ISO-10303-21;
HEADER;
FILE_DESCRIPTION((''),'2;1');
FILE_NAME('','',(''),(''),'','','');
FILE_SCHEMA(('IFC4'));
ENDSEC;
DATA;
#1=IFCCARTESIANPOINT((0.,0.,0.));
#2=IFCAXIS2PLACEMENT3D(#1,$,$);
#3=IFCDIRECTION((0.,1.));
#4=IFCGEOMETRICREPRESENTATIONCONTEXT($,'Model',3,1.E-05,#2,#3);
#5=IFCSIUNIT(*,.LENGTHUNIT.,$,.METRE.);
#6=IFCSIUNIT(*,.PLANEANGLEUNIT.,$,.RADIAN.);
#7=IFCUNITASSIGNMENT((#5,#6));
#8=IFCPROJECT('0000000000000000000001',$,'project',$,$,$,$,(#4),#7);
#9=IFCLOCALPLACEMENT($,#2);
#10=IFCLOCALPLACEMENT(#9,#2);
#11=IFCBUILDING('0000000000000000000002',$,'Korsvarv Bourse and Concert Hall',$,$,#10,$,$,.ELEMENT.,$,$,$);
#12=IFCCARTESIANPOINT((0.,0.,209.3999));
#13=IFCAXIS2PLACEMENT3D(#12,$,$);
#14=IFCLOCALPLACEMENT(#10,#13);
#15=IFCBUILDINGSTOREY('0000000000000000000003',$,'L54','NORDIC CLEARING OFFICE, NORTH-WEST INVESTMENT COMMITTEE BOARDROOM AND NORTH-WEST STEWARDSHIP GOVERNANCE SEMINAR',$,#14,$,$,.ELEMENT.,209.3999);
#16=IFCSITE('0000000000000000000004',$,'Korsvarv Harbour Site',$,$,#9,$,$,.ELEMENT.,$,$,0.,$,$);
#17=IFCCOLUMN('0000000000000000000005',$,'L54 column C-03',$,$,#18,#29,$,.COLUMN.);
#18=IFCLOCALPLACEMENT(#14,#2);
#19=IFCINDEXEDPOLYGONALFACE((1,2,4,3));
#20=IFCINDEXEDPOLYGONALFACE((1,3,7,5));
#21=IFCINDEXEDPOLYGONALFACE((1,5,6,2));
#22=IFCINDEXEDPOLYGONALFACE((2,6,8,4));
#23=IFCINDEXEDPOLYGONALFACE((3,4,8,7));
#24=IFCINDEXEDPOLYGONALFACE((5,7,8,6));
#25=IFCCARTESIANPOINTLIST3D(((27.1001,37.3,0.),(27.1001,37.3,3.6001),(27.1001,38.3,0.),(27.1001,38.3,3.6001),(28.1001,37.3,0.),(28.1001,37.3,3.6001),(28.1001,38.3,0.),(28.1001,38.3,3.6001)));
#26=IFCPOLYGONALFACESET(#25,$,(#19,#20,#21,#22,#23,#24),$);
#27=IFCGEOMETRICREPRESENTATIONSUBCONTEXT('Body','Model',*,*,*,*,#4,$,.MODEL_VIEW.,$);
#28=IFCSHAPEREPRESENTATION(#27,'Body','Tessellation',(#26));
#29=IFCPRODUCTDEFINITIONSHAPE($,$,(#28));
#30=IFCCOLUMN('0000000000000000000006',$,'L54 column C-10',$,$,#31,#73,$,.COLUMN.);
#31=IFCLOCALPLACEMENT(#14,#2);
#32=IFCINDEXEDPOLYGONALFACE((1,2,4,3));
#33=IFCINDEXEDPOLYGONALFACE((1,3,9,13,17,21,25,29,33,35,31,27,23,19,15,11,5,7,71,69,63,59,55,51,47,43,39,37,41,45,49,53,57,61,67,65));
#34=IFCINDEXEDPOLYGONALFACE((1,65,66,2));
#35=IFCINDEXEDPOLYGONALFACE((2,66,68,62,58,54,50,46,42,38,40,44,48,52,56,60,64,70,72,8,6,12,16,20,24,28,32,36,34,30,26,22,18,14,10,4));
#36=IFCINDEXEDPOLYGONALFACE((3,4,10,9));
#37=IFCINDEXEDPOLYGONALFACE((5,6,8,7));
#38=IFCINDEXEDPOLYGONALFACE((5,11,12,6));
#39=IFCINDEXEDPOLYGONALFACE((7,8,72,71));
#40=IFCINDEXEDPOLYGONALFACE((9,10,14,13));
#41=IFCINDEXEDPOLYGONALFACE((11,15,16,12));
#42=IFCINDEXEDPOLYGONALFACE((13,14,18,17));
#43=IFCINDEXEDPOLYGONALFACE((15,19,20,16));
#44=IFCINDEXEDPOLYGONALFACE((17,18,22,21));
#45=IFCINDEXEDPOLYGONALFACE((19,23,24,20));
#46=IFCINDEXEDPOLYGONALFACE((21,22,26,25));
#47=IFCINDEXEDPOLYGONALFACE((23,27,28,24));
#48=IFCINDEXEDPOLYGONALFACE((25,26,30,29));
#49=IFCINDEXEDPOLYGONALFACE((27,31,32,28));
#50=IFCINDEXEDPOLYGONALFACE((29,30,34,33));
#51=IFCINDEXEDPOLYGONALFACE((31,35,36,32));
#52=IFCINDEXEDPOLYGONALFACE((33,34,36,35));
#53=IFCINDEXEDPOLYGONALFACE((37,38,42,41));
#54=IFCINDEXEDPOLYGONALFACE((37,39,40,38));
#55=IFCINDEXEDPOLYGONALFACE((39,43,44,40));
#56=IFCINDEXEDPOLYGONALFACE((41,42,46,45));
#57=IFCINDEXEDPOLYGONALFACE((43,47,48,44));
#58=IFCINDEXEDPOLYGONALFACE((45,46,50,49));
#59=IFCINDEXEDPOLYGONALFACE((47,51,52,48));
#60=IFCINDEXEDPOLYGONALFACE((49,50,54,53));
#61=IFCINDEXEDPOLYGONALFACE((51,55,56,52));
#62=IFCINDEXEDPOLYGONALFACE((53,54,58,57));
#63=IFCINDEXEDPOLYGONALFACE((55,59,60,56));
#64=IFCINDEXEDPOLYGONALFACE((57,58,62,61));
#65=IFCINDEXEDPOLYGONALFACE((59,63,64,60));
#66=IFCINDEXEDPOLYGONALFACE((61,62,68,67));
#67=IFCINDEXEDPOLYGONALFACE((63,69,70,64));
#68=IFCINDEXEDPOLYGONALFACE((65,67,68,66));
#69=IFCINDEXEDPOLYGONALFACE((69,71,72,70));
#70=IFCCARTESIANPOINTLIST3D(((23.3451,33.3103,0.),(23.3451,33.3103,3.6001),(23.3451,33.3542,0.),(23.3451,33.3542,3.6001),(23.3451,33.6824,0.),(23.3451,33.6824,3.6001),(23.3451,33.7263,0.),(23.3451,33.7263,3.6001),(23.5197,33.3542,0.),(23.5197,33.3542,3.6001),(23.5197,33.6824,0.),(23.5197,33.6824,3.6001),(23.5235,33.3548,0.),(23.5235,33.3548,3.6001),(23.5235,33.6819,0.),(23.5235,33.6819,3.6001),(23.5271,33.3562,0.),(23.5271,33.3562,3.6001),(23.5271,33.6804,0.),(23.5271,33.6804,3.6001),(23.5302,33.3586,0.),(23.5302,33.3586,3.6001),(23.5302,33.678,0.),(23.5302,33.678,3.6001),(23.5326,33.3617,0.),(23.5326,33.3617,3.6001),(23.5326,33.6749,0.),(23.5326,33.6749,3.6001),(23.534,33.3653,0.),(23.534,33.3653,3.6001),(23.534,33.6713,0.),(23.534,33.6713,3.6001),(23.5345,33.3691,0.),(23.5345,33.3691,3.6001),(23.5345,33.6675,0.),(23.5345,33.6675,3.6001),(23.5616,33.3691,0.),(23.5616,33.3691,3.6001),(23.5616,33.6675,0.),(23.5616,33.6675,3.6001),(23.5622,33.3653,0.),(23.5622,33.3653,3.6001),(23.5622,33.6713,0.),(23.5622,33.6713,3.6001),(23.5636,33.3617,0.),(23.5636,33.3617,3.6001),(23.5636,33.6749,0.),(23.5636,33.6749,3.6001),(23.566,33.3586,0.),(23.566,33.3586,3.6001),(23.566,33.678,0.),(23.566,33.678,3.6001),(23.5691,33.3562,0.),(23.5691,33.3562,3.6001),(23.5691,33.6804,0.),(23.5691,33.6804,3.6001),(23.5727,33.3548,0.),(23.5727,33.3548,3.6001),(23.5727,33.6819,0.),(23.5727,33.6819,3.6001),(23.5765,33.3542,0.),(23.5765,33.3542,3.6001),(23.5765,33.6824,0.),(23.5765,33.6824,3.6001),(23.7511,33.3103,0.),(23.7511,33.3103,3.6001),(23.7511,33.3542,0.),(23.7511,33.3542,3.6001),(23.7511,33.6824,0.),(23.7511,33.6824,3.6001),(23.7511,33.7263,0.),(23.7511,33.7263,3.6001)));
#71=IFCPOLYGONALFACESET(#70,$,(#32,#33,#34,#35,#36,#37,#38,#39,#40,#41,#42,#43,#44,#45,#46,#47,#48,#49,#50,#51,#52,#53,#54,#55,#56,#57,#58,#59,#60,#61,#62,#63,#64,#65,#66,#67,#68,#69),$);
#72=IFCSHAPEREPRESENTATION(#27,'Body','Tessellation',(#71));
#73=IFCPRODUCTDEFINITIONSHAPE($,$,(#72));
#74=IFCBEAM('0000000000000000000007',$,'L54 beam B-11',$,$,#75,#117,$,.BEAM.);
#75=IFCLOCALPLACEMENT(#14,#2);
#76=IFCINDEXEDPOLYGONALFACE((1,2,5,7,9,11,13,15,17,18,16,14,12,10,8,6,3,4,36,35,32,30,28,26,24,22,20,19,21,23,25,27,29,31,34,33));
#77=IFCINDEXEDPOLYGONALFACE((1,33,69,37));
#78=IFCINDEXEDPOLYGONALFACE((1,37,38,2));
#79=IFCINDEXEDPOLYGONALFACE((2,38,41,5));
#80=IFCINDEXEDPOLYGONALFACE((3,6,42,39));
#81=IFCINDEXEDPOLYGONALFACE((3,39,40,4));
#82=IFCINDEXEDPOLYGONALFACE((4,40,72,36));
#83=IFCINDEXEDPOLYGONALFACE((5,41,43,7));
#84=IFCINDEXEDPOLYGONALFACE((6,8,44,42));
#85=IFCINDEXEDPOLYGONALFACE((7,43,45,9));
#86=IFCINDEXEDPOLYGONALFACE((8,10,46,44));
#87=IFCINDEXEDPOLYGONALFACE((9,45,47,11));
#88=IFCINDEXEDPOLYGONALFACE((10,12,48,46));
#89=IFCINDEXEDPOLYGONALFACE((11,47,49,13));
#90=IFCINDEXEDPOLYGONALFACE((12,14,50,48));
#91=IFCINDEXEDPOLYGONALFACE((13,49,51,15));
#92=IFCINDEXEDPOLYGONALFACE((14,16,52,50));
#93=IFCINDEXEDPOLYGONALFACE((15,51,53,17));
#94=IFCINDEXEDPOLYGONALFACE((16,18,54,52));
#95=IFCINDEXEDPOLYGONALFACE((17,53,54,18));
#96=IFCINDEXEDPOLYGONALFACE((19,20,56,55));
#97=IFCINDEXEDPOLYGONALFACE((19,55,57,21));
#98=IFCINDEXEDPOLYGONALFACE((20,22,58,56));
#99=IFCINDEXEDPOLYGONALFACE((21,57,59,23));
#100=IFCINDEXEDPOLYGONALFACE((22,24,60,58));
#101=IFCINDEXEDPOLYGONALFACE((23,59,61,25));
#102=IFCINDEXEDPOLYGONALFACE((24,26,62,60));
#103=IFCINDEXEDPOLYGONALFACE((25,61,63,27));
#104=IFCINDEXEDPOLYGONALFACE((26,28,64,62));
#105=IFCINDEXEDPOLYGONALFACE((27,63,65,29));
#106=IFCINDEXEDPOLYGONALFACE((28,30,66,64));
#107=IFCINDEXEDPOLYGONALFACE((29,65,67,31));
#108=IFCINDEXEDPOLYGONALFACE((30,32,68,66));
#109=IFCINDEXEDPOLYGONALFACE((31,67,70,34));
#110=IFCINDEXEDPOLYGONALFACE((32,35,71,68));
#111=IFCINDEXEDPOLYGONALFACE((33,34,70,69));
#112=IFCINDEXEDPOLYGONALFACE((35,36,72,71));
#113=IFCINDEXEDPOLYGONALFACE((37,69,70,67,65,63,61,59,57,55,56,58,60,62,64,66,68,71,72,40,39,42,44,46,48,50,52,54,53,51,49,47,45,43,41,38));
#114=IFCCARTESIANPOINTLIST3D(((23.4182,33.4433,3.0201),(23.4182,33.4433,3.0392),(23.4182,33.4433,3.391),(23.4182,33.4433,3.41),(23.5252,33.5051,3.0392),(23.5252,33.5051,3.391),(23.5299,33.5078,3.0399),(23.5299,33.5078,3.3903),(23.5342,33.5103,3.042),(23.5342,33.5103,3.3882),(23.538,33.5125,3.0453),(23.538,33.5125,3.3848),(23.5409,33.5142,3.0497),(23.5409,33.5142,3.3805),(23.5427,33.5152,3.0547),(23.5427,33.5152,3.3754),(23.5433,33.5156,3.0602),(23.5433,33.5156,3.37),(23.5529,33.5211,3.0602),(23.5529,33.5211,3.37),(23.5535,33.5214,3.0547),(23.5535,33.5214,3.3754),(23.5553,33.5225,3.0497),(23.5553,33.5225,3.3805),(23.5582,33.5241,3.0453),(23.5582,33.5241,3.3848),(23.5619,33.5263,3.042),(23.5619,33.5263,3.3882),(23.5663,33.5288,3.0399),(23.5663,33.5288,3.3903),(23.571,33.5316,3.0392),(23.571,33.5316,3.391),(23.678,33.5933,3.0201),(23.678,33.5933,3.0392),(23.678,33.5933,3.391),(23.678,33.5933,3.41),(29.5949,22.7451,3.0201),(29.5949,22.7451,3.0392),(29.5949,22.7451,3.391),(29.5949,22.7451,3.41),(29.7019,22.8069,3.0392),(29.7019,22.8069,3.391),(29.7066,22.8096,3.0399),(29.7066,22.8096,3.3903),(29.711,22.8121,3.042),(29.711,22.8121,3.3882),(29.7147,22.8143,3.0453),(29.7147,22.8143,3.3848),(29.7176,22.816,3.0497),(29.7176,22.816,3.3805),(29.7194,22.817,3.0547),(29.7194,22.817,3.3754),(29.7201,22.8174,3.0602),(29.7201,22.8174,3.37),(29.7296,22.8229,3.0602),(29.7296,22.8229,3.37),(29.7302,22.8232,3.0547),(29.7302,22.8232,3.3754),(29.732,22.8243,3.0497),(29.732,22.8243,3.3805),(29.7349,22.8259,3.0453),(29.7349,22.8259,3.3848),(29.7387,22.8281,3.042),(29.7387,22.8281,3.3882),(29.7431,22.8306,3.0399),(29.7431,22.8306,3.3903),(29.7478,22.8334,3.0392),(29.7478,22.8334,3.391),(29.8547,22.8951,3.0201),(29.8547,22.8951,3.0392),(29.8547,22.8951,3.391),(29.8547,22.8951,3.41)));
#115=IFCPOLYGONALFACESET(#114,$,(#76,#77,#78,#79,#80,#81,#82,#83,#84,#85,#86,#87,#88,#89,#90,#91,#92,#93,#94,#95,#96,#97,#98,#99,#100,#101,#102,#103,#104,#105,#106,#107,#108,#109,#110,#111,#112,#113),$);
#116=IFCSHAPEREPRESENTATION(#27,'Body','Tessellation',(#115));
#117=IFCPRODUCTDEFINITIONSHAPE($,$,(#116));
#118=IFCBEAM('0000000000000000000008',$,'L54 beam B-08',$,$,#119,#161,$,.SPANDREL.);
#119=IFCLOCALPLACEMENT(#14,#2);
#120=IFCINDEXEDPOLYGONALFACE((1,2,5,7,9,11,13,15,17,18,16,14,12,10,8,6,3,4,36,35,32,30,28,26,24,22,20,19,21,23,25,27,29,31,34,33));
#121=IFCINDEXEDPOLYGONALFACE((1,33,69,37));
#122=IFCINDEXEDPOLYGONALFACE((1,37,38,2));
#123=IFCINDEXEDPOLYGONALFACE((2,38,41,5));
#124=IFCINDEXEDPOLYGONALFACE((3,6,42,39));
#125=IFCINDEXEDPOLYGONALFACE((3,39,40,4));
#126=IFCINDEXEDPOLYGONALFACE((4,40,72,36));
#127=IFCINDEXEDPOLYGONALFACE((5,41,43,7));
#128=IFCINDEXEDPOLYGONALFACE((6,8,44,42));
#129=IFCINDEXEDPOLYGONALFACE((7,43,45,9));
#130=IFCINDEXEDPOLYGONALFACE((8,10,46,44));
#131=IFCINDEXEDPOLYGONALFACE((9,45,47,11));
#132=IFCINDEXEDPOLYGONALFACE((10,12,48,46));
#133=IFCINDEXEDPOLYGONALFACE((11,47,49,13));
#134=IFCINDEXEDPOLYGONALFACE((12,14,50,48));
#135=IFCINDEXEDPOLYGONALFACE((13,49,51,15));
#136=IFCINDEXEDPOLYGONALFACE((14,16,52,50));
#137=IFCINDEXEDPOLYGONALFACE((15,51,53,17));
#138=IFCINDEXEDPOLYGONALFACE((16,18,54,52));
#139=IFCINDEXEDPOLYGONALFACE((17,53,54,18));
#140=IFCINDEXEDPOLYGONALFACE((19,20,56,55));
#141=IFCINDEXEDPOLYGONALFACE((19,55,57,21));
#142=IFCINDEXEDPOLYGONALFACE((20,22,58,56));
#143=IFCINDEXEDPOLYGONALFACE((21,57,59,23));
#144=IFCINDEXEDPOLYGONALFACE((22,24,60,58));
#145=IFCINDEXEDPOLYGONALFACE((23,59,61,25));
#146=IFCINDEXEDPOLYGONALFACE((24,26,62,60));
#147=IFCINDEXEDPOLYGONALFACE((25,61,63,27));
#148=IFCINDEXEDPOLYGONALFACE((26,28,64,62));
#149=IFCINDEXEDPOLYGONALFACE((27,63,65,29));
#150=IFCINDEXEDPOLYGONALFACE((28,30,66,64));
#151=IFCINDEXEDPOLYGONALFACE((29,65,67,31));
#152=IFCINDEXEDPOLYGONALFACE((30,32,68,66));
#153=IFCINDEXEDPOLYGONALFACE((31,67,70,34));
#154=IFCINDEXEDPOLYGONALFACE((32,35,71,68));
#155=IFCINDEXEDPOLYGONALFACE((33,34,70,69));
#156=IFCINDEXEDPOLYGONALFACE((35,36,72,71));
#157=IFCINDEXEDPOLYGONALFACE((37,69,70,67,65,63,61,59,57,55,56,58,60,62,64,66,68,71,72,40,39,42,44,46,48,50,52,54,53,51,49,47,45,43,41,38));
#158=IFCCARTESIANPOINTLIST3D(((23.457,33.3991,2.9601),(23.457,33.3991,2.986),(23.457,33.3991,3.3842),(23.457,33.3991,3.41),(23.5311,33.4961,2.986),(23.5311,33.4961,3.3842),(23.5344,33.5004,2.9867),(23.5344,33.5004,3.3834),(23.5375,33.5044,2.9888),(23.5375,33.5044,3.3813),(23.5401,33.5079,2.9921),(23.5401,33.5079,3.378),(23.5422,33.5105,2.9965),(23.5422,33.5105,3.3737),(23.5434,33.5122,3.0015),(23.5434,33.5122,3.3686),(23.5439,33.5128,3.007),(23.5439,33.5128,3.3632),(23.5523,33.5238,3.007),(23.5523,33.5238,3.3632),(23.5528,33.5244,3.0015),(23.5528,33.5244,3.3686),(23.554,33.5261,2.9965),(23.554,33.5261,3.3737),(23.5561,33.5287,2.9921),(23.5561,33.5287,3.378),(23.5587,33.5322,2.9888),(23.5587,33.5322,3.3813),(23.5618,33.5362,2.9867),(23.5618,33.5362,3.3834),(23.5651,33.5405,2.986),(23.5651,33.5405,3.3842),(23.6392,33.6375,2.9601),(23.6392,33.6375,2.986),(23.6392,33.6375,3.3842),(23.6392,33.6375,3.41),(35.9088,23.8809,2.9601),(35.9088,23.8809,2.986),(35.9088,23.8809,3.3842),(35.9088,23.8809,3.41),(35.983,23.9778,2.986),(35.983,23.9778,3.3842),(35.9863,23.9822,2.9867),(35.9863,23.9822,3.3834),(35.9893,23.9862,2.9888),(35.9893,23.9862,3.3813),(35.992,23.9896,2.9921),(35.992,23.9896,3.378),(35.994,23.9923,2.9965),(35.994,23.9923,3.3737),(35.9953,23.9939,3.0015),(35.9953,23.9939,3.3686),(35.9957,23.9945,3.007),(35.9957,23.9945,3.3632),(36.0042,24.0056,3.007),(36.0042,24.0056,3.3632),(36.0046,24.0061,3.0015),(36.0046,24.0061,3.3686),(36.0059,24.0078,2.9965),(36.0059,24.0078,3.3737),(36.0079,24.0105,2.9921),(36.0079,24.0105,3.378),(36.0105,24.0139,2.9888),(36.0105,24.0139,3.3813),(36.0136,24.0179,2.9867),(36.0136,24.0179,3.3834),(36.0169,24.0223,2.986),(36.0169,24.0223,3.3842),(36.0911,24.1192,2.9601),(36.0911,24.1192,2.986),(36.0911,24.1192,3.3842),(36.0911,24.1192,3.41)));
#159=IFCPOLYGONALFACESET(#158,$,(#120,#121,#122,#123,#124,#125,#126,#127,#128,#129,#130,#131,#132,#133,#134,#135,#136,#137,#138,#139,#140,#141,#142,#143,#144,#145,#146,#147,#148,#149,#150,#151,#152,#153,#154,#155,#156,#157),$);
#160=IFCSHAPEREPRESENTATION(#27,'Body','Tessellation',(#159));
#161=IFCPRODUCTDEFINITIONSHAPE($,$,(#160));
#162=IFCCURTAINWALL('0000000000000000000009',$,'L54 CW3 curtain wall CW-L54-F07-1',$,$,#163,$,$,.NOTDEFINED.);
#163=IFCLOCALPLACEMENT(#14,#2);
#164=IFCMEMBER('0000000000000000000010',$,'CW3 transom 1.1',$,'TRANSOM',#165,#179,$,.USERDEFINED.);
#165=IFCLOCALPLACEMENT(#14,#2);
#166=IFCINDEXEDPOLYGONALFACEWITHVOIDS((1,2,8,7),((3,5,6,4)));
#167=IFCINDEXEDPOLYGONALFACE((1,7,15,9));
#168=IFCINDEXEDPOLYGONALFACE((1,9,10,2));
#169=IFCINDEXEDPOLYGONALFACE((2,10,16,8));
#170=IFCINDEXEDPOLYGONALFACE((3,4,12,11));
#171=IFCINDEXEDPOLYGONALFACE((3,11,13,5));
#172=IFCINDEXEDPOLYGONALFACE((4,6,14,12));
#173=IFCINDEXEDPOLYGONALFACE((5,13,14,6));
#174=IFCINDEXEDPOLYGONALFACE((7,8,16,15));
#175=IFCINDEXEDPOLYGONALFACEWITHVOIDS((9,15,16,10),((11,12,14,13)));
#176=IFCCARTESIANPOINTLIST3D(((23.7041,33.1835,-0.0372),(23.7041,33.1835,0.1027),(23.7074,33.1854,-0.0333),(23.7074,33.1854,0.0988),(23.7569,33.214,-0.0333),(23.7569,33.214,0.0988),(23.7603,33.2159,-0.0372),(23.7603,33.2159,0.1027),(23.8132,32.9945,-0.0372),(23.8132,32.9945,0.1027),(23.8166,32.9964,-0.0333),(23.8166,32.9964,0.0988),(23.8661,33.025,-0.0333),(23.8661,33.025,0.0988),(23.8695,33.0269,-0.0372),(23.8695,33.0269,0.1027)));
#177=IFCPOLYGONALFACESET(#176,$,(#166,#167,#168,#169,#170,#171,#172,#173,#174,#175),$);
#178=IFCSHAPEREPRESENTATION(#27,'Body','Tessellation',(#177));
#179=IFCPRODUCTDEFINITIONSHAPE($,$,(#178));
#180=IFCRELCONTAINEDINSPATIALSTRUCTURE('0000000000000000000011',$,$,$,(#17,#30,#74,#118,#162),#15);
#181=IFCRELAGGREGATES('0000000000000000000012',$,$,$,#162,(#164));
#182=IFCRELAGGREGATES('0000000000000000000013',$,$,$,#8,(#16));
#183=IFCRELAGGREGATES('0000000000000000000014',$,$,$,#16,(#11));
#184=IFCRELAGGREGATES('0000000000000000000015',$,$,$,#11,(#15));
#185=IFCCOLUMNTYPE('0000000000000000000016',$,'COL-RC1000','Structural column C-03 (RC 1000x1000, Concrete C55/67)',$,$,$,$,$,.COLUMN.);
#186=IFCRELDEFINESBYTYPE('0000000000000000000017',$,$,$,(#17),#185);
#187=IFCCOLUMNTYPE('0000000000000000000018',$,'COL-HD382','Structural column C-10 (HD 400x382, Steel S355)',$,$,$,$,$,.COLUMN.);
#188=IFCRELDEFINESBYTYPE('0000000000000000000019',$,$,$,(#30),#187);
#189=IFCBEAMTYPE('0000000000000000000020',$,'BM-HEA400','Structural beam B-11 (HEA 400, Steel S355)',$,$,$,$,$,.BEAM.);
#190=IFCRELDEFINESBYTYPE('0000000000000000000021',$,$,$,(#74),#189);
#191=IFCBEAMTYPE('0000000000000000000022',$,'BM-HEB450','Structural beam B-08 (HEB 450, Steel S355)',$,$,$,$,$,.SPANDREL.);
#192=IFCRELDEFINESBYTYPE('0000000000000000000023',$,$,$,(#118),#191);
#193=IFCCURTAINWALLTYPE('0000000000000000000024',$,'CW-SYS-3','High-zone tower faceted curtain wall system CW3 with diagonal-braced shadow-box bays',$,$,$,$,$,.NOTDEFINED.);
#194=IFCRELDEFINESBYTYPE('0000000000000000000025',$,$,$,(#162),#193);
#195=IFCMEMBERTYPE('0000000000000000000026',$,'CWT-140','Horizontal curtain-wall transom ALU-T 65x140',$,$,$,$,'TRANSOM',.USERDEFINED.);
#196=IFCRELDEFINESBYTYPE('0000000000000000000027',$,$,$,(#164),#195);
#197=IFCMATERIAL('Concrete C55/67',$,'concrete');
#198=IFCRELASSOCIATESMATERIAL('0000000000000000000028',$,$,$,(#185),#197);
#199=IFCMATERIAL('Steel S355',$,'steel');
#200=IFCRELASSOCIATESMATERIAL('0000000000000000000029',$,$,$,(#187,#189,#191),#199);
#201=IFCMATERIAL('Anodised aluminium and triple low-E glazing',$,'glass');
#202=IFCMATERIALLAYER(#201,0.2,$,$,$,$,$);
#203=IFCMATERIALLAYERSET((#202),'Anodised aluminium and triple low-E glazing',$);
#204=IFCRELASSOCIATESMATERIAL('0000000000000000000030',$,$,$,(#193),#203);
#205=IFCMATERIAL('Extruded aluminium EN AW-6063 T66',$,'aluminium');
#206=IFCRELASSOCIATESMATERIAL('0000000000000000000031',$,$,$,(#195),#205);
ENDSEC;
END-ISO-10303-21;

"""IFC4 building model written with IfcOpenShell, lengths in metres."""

from ifc_helpers import new_model, si_unit, direction, frame, origin, origin_2d, place, context, subcontext, project, spatial, rectangle, hollow_rectangle, i_section, extrude, source, transform, mapped, material, layer, layer_set, material_profile, profile_set, type_object, element, aggregate, save


model = new_model("IFC4")

# Units and contexts
model_context = context("Model", 3, precision=1e-05, world=origin(), true_north=direction((0.0, 1.0)))
body_context = subcontext(model_context, "Body", "Model", "MODEL_VIEW")
ifc_project = project(units=[si_unit("LENGTHUNIT", "METRE"), si_unit("PLANEANGLEUNIT", "RADIAN")], contexts=[model_context])

# Site, building, storey
site_placement = place(None, origin())
site = spatial("IfcSite", under=ifc_project, at=site_placement, Name="Korsvarv Harbour Site", CompositionType="ELEMENT", RefElevation=0.0)
building_placement = place(site_placement, origin())
building = spatial("IfcBuilding", under=site, at=building_placement, Name="Korsvarv Bourse and Concert Hall", CompositionType="ELEMENT")
storey_placement = place(building_placement, frame((0.0, 0.0, 209.3999)))
storey = spatial("IfcBuildingStorey", under=building, at=storey_placement, Name="L54", Description="NORDIC CLEARING OFFICE, NORTH-WEST INVESTMENT COMMITTEE BOARDROOM AND NORTH-WEST STEWARDSHIP GOVERNANCE SEMINAR", CompositionType="ELEMENT", Elevation=209.3999)

# Columns
ifc_material_1 = material(Name="Concrete C55/67", Category="concrete")
ifc_material_profile_1 = material_profile(ifc_material_1, rectangle(XDim=1.0, YDim=1.0, at=origin_2d()), Name="RC 1000x1000")
ifc_profile_set_1 = profile_set([ifc_material_profile_1], Name="Concrete C55/67")
column_type_1 = type_object("IfcColumnType", Name="COL-RC1000", Description="Structural column C-03 (RC 1000x1000, Concrete C55/67)", PredefinedType="COLUMN", material=ifc_profile_set_1)
shared_shape_1 = source(origin(), body_context, "Body", "SweptSolid", [
    extrude(rectangle(XDim=1.0, YDim=1.0, at=origin_2d()), origin(), (0.0, 0.0, 1.0), 3.6001),
])
column_1_placement = place(storey_placement, frame((27.6001, 37.8, 0.0), z_axis=(0.0, 0.0, 1.0), x_axis=(1.0, 0.0, 0.0)))
element("IfcColumn", 1, at=column_1_placement, inside=storey, type_object=column_type_1, Name="L54 column C-03", PredefinedType="COLUMN", context=body_context, shape_type="MappedRepresentation", body=[
    mapped(shared_shape_1, transform((0.0, 0.0, 0.0), scale=1.0)),
])
ifc_material_2 = material(Name="Steel S355", Category="steel")
ifc_material_profile_2 = material_profile(ifc_material_2, i_section(OverallWidth=0.406, OverallDepth=0.416, WebThickness=0.0271, FlangeThickness=0.0439, FilletRadius=0.0149, at=origin_2d()), Name="HD 400x382")
ifc_profile_set_2 = profile_set([ifc_material_profile_2], Name="Steel S355")
column_type_2 = type_object("IfcColumnType", Name="COL-HD382", Description="Structural column C-10 (HD 400x382, Steel S355)", PredefinedType="COLUMN", material=ifc_profile_set_2)
shared_shape_2 = source(origin(), body_context, "Body", "SweptSolid", [
    extrude(i_section(OverallWidth=0.406, OverallDepth=0.416, WebThickness=0.0271, FlangeThickness=0.0439, FilletRadius=0.0149, at=origin_2d()), origin(), (0.0, 0.0, 1.0), 3.6001),
])
column_2_placement = place(storey_placement, frame((23.5481, 33.5183, 0.0), z_axis=(0.0, 0.0, 1.0), x_axis=(1.0, 0.0, 0.0)))
element("IfcColumn", 2, at=column_2_placement, inside=storey, type_object=column_type_2, Name="L54 column C-10", PredefinedType="COLUMN", context=body_context, shape_type="MappedRepresentation", body=[
    mapped(shared_shape_2, transform((0.0, 0.0, 0.0), scale=1.0)),
])

# Beams
ifc_material_profile_3 = material_profile(ifc_material_2, i_section(OverallWidth=0.3, OverallDepth=0.3899, WebThickness=0.011, FlangeThickness=0.019, FilletRadius=0.021, at=origin_2d()), Name="HEA 400")
ifc_profile_set_3 = profile_set([ifc_material_profile_3], Name="Steel S355")
beam_type_1 = type_object("IfcBeamType", Name="BM-HEA400", Description="Structural beam B-11 (HEA 400, Steel S355)", PredefinedType="BEAM", material=ifc_profile_set_3)
shared_shape_3 = source(origin(), body_context, "Body", "SweptSolid", [
    extrude(i_section(OverallWidth=0.3, OverallDepth=0.3899, WebThickness=0.011, FlangeThickness=0.019, FilletRadius=0.021, at=origin_2d()), origin(), (0.0, 0.0, 1.0), 12.3533),
])
beam_1_placement = place(storey_placement, frame((23.5481, 33.5183, 3.2151), z_axis=(0.500008, -0.866021, 0.0), x_axis=(0.866021, 0.500008, 0.0)))
element("IfcBeam", 3, at=beam_1_placement, inside=storey, type_object=beam_type_1, Name="L54 beam B-11", PredefinedType="BEAM", context=body_context, shape_type="MappedRepresentation", body=[
    mapped(shared_shape_3, transform((0.0, 0.0, 0.0), scale=1.0)),
])
ifc_material_profile_4 = material_profile(ifc_material_2, i_section(OverallWidth=0.3, OverallDepth=0.45, WebThickness=0.0139, FlangeThickness=0.0259, FilletRadius=0.021, at=origin_2d()), Name="HEB 450")
ifc_profile_set_4 = profile_set([ifc_material_profile_4], Name="Steel S355")
beam_type_2 = type_object("IfcBeamType", Name="BM-HEB450", Description="Structural beam B-08 (HEB 450, Steel S355)", PredefinedType="SPANDREL", material=ifc_profile_set_4)
shared_shape_4 = source(origin(), body_context, "Body", "SweptSolid", [
    extrude(i_section(OverallWidth=0.3, OverallDepth=0.45, WebThickness=0.0139, FlangeThickness=0.0259, FilletRadius=0.021, at=origin_2d()), origin(), (0.0, 0.0, 1.0), 15.6731),
])
beam_2_placement = place(storey_placement, frame((23.5481, 33.5183, 3.1851), z_axis=(0.794473, -0.6073, 0.0), x_axis=(0.6073, 0.794473, 0.0)))
element("IfcBeam", 4, at=beam_2_placement, inside=storey, type_object=beam_type_2, Name="L54 beam B-08", PredefinedType="SPANDREL", context=body_context, shape_type="MappedRepresentation", body=[
    mapped(shared_shape_4, transform((0.0, 0.0, 0.0), scale=1.0)),
])

# Curtain wall, member
ifc_material_3 = material(Name="Anodised aluminium and triple low-E glazing", Category="glass")
ifc_layer_1 = layer(ifc_material_3, 0.2)
ifc_layer_set_1 = layer_set([ifc_layer_1], Name="Anodised aluminium and triple low-E glazing")
curtain_wall_type = type_object("IfcCurtainWallType", Name="CW-SYS-3", Description="High-zone tower faceted curtain wall system CW3 with diagonal-braced shadow-box bays", PredefinedType="NOTDEFINED", material=ifc_layer_set_1)
curtain_wall_placement = place(storey_placement, origin())
curtain_wall = element("IfcCurtainWall", 5, at=curtain_wall_placement, inside=storey, type_object=curtain_wall_type, Name="L54 CW3 curtain wall CW-L54-F07-1", PredefinedType="NOTDEFINED")
ifc_material_4 = material(Name="Extruded aluminium EN AW-6063 T66", Category="aluminium")
ifc_material_profile_5 = material_profile(ifc_material_4, hollow_rectangle(XDim=0.0649, YDim=0.1399, WallThickness=0.0039, at=origin_2d()), Name="ALU-T 65x140")
ifc_profile_set_5 = profile_set([ifc_material_profile_5], Name="Extruded aluminium EN AW-6063 T66")
member_type_1 = type_object("IfcMemberType", Name="CWT-140", Description="Horizontal curtain-wall transom ALU-T 65x140", ElementType="TRANSOM", PredefinedType="USERDEFINED", material=ifc_profile_set_5)
shared_shape_5 = source(origin(), body_context, "Body", "SweptSolid", [
    extrude(hollow_rectangle(XDim=0.0649, YDim=0.1399, WallThickness=0.0039, at=origin_2d()), origin(), (0.0, 0.0, 1.0), 0.2183),
])
member_1_placement = place(storey_placement, frame((23.7322, 33.1997, 0.0327), z_axis=(0.50011, -0.865962, 0.0), x_axis=(0.865962, 0.50011, 0.0)))
member_1 = element("IfcMember", 6, at=member_1_placement, type_object=member_type_1, Name="CW3 transom 1.1", ObjectType="TRANSOM", PredefinedType="USERDEFINED", context=body_context, shape_type="MappedRepresentation", body=[
    mapped(shared_shape_5, transform((0.0, 0.0, 0.0), scale=1.0)),
])
aggregate(curtain_wall, [member_1])

save(model, "model.ifc")
